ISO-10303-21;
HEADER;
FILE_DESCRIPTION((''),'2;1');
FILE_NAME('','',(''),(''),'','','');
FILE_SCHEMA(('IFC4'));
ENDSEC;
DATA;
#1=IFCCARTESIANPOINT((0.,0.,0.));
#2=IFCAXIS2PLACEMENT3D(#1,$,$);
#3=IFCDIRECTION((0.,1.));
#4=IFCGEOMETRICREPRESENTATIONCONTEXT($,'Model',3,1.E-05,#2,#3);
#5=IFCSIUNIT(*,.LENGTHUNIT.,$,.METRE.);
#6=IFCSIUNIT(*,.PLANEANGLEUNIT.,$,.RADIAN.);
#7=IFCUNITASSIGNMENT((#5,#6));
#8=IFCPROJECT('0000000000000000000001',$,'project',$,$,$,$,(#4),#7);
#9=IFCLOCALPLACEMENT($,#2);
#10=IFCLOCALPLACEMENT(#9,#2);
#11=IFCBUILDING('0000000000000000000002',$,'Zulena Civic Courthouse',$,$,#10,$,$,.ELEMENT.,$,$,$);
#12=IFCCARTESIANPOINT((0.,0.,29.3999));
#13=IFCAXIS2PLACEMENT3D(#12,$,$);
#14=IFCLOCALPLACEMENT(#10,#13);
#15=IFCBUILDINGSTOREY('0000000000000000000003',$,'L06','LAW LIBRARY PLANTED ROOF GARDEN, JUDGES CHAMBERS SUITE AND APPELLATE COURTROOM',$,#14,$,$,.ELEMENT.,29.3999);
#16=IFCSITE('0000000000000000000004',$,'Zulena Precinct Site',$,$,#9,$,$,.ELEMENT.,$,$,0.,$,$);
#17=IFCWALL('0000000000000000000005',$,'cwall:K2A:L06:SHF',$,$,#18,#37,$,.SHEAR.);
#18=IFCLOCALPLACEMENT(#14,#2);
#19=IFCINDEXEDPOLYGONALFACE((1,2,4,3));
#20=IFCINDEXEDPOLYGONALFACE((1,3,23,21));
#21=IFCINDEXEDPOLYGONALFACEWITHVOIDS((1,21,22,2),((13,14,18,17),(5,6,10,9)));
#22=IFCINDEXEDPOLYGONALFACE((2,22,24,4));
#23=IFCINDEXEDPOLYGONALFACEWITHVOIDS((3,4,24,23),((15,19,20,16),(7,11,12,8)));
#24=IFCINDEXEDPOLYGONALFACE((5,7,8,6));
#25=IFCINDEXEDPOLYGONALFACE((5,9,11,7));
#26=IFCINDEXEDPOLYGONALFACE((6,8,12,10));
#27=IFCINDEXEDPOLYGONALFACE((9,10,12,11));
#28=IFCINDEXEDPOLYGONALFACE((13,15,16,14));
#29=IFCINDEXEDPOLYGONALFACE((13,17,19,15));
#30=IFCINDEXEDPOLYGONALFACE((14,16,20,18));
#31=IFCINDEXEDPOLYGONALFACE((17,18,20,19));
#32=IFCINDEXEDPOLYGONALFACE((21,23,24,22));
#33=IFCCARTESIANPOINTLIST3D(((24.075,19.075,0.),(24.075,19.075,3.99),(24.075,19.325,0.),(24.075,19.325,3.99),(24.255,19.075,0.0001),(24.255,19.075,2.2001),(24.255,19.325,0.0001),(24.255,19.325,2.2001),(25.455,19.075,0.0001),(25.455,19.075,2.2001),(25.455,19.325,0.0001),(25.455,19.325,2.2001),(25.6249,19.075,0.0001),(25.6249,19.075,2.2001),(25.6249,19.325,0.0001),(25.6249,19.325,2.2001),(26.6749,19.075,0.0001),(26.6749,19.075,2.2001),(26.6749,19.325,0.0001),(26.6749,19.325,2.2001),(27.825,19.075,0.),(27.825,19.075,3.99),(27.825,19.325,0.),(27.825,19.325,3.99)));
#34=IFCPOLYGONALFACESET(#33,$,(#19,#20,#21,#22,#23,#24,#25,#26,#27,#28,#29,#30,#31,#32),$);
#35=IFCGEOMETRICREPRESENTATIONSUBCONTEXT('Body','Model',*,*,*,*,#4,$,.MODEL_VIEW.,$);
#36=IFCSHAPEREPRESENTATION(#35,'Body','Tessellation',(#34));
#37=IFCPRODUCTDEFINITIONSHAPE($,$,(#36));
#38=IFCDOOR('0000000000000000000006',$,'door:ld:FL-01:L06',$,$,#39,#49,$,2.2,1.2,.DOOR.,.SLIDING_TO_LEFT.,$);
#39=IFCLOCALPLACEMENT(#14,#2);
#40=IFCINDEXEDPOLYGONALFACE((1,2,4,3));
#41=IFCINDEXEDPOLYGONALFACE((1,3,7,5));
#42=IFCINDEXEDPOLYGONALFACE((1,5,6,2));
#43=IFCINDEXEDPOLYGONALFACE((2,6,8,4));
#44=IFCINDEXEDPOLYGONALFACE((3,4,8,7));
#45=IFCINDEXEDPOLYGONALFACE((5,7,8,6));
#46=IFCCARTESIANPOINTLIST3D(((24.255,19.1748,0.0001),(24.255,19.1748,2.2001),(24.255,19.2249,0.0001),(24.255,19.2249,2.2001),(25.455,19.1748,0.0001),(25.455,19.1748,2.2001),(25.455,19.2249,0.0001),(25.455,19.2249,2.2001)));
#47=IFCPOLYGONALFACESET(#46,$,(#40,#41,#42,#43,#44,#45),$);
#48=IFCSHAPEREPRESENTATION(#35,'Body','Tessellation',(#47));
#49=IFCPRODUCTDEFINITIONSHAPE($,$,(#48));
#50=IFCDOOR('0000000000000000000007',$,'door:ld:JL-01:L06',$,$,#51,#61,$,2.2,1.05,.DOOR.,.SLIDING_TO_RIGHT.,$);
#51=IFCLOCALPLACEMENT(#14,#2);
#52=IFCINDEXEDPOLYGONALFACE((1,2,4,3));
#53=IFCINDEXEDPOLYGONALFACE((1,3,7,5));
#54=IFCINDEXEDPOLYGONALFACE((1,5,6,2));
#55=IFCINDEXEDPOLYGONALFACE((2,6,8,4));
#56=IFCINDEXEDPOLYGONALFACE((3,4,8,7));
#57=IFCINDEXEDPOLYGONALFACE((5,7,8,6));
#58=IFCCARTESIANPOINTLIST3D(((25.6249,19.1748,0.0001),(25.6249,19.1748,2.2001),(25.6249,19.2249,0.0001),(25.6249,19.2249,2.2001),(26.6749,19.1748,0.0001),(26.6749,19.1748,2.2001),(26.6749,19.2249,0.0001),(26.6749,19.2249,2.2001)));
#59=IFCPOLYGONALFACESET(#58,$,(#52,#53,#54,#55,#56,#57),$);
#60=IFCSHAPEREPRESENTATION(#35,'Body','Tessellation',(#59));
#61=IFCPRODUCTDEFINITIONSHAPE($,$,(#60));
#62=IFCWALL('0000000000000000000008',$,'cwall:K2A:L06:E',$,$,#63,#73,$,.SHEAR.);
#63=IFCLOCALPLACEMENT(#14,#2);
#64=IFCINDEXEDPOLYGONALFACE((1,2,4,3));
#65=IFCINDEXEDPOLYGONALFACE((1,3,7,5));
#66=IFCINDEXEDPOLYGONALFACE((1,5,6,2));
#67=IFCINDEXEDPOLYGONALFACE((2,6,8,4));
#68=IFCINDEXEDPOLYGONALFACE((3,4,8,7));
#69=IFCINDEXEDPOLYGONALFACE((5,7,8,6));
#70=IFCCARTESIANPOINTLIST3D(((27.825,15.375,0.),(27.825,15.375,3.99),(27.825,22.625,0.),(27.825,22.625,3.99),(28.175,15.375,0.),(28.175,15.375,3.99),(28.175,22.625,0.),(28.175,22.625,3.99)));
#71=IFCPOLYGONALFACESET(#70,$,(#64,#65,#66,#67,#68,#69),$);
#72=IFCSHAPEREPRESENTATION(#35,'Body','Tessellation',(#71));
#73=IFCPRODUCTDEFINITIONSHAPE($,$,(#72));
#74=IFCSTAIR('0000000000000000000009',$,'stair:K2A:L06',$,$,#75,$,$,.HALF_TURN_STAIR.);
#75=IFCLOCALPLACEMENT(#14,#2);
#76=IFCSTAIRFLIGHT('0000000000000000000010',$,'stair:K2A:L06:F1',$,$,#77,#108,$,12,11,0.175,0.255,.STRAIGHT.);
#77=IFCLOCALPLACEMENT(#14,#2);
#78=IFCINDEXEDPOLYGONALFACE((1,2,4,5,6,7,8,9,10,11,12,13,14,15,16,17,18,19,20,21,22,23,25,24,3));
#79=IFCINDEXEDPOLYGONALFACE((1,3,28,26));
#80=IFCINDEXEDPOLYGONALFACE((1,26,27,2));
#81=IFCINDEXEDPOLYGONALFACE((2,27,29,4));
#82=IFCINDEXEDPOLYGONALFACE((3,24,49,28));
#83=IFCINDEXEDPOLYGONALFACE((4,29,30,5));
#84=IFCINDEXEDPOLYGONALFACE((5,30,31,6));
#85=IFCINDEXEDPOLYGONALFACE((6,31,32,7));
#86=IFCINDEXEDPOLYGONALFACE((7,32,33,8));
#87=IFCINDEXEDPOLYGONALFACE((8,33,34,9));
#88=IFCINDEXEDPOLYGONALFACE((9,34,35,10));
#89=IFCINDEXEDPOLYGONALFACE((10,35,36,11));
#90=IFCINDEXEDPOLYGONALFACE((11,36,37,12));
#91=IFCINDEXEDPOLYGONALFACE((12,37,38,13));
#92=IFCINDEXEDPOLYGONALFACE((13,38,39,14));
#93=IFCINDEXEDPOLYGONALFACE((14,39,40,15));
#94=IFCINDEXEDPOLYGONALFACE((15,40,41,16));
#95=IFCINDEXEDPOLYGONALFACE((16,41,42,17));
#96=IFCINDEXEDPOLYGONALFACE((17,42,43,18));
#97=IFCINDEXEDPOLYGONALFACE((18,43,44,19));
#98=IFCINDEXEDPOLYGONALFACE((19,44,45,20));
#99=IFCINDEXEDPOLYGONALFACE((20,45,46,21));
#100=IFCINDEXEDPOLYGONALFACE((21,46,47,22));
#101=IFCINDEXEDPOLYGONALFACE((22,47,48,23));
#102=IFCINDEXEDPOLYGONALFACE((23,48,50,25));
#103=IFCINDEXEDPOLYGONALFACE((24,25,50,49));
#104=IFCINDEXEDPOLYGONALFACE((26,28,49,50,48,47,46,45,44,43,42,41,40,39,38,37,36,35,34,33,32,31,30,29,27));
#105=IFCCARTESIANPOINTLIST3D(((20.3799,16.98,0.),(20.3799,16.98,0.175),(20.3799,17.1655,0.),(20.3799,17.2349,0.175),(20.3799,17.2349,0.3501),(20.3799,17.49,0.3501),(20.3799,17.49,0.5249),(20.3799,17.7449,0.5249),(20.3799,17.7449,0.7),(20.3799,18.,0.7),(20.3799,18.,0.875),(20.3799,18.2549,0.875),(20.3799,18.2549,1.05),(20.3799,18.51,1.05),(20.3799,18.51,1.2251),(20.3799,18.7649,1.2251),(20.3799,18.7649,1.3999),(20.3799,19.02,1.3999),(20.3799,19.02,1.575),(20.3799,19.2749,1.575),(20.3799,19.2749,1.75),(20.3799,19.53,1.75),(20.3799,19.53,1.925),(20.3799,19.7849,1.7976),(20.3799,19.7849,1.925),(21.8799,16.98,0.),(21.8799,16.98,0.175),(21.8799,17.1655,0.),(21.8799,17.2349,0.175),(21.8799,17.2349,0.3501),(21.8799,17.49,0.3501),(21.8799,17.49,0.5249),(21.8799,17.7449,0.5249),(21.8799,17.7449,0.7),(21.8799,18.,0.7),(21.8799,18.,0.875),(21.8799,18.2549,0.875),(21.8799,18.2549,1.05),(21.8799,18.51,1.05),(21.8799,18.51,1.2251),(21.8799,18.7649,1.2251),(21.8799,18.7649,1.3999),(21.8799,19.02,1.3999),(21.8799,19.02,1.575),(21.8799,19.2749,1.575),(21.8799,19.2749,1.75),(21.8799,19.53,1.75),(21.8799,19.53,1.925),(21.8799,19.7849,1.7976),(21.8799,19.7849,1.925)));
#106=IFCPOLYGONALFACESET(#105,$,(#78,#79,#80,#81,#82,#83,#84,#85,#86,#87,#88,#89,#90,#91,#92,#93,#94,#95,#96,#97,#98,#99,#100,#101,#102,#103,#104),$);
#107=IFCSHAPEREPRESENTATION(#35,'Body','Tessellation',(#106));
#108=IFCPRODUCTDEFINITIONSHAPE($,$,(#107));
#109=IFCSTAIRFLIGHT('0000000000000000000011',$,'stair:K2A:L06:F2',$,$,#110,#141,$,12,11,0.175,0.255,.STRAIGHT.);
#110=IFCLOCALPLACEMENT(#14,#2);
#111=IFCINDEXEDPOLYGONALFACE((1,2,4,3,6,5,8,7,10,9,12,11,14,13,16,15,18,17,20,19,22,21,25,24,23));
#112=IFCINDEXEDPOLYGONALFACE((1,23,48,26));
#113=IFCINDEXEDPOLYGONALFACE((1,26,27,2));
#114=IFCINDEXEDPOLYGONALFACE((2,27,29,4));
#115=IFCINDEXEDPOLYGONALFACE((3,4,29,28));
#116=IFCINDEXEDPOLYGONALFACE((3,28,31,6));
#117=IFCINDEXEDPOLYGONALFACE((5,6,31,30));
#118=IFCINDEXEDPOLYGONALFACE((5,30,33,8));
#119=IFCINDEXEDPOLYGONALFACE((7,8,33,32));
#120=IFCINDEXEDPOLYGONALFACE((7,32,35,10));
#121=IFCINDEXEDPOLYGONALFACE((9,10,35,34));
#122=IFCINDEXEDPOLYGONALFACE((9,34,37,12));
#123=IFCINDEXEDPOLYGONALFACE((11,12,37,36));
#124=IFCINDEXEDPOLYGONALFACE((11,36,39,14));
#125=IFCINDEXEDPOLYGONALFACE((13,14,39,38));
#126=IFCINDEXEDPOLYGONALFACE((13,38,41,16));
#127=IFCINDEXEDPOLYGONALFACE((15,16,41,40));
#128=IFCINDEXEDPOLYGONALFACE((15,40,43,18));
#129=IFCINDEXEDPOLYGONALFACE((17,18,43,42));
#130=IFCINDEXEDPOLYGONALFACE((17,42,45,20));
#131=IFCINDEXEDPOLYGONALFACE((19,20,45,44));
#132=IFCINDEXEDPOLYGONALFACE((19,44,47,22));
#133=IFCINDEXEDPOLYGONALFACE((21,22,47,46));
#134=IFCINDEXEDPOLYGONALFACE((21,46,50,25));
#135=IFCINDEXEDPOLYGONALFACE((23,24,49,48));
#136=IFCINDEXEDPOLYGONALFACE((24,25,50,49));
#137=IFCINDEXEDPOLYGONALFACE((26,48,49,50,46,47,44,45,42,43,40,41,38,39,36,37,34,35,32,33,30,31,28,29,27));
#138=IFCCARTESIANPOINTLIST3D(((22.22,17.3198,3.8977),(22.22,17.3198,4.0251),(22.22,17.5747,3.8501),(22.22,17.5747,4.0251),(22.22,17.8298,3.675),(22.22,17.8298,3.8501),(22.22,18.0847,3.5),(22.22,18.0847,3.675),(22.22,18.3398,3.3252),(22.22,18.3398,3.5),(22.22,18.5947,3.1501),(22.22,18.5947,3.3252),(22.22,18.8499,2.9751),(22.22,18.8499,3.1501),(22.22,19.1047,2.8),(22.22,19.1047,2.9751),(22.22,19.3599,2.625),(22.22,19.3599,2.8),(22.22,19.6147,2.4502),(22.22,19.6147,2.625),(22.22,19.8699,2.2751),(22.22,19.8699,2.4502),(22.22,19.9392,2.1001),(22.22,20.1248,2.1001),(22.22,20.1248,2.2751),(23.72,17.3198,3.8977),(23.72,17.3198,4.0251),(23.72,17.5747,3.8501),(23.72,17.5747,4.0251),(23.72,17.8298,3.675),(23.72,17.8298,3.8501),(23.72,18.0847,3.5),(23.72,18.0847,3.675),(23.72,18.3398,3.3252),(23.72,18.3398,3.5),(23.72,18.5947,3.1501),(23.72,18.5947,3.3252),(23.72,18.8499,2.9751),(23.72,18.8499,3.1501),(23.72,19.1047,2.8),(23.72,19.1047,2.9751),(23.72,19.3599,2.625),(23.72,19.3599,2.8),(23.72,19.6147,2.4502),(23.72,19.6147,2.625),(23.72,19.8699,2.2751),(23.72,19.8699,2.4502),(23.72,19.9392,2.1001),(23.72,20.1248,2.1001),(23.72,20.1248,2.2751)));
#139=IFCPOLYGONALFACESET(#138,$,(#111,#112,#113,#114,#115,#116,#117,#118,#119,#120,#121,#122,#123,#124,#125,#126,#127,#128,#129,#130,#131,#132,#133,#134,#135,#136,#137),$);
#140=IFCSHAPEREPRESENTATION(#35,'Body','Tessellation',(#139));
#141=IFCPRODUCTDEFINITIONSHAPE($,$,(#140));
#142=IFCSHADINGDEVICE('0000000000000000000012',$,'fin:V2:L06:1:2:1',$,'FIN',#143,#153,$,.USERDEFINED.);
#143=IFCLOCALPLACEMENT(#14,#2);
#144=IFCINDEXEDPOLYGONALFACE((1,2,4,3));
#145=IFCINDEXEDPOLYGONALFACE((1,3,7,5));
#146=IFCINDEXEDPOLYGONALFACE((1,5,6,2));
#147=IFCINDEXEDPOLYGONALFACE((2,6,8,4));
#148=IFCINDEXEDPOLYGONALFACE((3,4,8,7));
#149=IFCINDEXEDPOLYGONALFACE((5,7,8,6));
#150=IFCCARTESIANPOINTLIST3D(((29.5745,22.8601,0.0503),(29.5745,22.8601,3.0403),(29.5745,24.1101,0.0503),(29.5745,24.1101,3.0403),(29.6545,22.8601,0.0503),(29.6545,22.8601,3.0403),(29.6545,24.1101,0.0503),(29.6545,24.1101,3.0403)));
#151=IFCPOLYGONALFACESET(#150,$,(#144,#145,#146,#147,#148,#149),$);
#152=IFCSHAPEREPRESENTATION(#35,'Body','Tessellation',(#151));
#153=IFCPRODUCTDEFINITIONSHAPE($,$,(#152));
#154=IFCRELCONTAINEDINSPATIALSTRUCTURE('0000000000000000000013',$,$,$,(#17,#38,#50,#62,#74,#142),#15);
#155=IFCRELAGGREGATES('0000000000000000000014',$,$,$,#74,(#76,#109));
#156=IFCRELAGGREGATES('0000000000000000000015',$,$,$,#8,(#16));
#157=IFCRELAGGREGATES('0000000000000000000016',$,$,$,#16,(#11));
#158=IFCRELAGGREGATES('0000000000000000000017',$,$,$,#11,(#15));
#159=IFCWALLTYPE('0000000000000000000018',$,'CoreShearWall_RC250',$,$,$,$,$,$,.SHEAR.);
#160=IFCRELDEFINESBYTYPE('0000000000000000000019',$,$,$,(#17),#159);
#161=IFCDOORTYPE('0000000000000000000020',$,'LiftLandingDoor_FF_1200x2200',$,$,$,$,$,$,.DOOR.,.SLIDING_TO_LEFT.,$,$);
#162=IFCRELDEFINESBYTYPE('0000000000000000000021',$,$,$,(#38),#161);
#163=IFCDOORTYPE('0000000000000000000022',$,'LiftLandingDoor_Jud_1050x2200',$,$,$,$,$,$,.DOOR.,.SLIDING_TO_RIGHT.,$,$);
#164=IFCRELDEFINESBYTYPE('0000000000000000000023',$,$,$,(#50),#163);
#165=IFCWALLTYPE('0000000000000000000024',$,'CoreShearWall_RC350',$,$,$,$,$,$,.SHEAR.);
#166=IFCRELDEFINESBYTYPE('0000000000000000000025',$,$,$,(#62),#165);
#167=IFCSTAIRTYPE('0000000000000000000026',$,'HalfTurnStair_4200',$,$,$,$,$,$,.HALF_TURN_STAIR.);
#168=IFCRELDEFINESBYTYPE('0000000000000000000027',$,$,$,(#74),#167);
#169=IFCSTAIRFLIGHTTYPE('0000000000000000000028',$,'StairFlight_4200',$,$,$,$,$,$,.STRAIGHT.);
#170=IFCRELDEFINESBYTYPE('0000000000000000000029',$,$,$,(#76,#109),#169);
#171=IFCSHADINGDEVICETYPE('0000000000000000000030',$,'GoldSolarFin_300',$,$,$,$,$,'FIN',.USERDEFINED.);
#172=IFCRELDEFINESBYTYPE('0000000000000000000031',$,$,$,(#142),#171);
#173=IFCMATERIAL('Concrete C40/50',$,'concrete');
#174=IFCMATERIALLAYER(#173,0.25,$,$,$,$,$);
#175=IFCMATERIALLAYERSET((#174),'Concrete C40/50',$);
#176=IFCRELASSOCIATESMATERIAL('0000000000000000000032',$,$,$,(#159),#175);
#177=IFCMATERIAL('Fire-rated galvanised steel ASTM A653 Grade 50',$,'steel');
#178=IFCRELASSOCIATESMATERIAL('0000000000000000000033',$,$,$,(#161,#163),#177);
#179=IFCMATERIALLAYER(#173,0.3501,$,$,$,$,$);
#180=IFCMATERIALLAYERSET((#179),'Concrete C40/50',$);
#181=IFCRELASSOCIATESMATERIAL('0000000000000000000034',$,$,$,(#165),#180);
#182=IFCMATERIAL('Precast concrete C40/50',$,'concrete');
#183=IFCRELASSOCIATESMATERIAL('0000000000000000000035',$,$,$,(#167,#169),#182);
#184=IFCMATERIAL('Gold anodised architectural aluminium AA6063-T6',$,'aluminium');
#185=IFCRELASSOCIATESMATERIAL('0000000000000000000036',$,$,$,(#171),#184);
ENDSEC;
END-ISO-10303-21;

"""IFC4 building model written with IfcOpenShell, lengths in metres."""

from ifc_helpers import new_model, si_unit, direction, frame, frame_2d, origin, origin_2d, place, context, subcontext, project, spatial, polyline, rectangle, outline, extrude, material, layer, layer_set, type_object, element, fill, aggregate, save


model = new_model("IFC4")

# Units and contexts
model_context = context("Model", 3, precision=1e-05, world=origin(), true_north=direction((0.0, 1.0)))
body_context = subcontext(model_context, "Body", "Model", "MODEL_VIEW")
ifc_project = project(units=[si_unit("LENGTHUNIT", "METRE"), si_unit("PLANEANGLEUNIT", "RADIAN")], contexts=[model_context])

# Site, building, storey
site_placement = place(None, origin())
site = spatial("IfcSite", under=ifc_project, at=site_placement, Name="Zulena Precinct Site", CompositionType="ELEMENT", RefElevation=0.0)
building_placement = place(site_placement, origin())
building = spatial("IfcBuilding", under=site, at=building_placement, Name="Zulena Civic Courthouse", CompositionType="ELEMENT")
storey_placement = place(building_placement, frame((0.0, 0.0, 29.3999)))
storey = spatial("IfcBuildingStorey", under=building, at=storey_placement, Name="L06", Description="LAW LIBRARY PLANTED ROOF GARDEN, JUDGES CHAMBERS SUITE AND APPELLATE COURTROOM", CompositionType="ELEMENT", Elevation=29.3999)

# Shared definitions
ifc_material_1 = material(Name="Concrete C40/50", Category="concrete")
ifc_layer_1 = layer(ifc_material_1, 0.25)
ifc_layer_set_1 = layer_set([ifc_layer_1], Name="Concrete C40/50")
wall_type_1 = type_object("IfcWallType", Name="CoreShearWall_RC250", PredefinedType="SHEAR", material=ifc_layer_set_1)
ifc_material_2 = material(Name="Fire-rated galvanised steel ASTM A653 Grade 50", Category="steel")

# Wall, openings, doors
wall_1_placement = place(storey_placement, frame((24.075, 19.2, 0.0), z_axis=(0.0, 0.0, 1.0), x_axis=(1.0, 0.0, 0.0)))
wall_1 = element("IfcWall", 1, at=wall_1_placement, inside=storey, type_object=wall_type_1, Name="cwall:K2A:L06:SHF", PredefinedType="SHEAR", context=body_context, shape_type="SweptSolid", body=[
    extrude(rectangle(XDim=3.75, YDim=0.25, at=frame_2d((1.875, 0.0))), origin(), (0.0, 0.0, 1.0), 3.99),
])
opening_1_placement = place(wall_1_placement, frame((0.1799, 0.0, 0.0)))
opening_1 = element("IfcOpeningElement", 2, at=opening_1_placement, cuts=wall_1, PredefinedType="OPENING", context=body_context, shape_type="SweptSolid", body=[
    extrude(rectangle(XDim=1.2, YDim=2.2, at=frame_2d((0.6001, 1.1001))), frame((0.0, 0.135, 0.0), z_axis=(0.0, -1.0, 0.0), x_axis=(1.0, 0.0, 0.0)), (0.0, 0.0, 1.0), 0.27),
])
opening_2_placement = place(wall_1_placement, frame((1.55, 0.0, 0.0)))
opening_2 = element("IfcOpeningElement", 3, at=opening_2_placement, cuts=wall_1, PredefinedType="OPENING", context=body_context, shape_type="SweptSolid", body=[
    extrude(rectangle(XDim=1.05, YDim=2.2, at=frame_2d((0.5249, 1.1001))), frame((0.0, 0.135, 0.0), z_axis=(0.0, -1.0, 0.0), x_axis=(1.0, 0.0, 0.0)), (0.0, 0.0, 1.0), 0.27),
])
door_type_1 = type_object("IfcDoorType", Name="LiftLandingDoor_FF_1200x2200", OperationType="SLIDING_TO_LEFT", PredefinedType="DOOR", material=ifc_material_2)
door_1_placement = place(opening_1_placement, origin())
door_1 = element("IfcDoor", 4, at=door_1_placement, inside=storey, type_object=door_type_1, Name="door:ld:FL-01:L06", OperationType="SLIDING_TO_LEFT", OverallHeight=2.2, OverallWidth=1.2, PredefinedType="DOOR", context=body_context, shape_type="SweptSolid", body=[
    extrude(rectangle(XDim=1.2, YDim=2.2, at=frame_2d((0.6001, 1.1001))), frame((0.0, 0.0249, 0.0), z_axis=(0.0, -1.0, 0.0), x_axis=(1.0, 0.0, 0.0)), (0.0, 0.0, 1.0), 0.05),
])
fill(opening_1, door_1)
door_type_2 = type_object("IfcDoorType", Name="LiftLandingDoor_Jud_1050x2200", OperationType="SLIDING_TO_RIGHT", PredefinedType="DOOR", material=ifc_material_2)
door_2_placement = place(opening_2_placement, origin())
door_2 = element("IfcDoor", 5, at=door_2_placement, inside=storey, type_object=door_type_2, Name="door:ld:JL-01:L06", OperationType="SLIDING_TO_RIGHT", OverallHeight=2.2, OverallWidth=1.05, PredefinedType="DOOR", context=body_context, shape_type="SweptSolid", body=[
    extrude(rectangle(XDim=1.05, YDim=2.2, at=frame_2d((0.5249, 1.1001))), frame((0.0, 0.0249, 0.0), z_axis=(0.0, -1.0, 0.0), x_axis=(1.0, 0.0, 0.0)), (0.0, 0.0, 1.0), 0.05),
])
fill(opening_2, door_2)

# Wall
ifc_layer_2 = layer(ifc_material_1, 0.3501)
ifc_layer_set_2 = layer_set([ifc_layer_2], Name="Concrete C40/50")
wall_type_2 = type_object("IfcWallType", Name="CoreShearWall_RC350", PredefinedType="SHEAR", material=ifc_layer_set_2)
wall_2_placement = place(storey_placement, frame((28.0, 15.375, 0.0), z_axis=(0.0, 0.0, 1.0), x_axis=(0.0, 1.0, 0.0)))
element("IfcWall", 6, at=wall_2_placement, inside=storey, type_object=wall_type_2, Name="cwall:K2A:L06:E", PredefinedType="SHEAR", context=body_context, shape_type="SweptSolid", body=[
    extrude(rectangle(XDim=7.25, YDim=0.3501, at=frame_2d((3.625, 0.0))), origin(), (0.0, 0.0, 1.0), 3.99),
])

# Stair, stair flights
ifc_material_3 = material(Name="Precast concrete C40/50", Category="concrete")
stair_type = type_object("IfcStairType", Name="HalfTurnStair_4200", PredefinedType="HALF_TURN_STAIR", material=ifc_material_3)
stair_placement = place(storey_placement, origin())
stair = element("IfcStair", 7, at=stair_placement, inside=storey, type_object=stair_type, Name="stair:K2A:L06", PredefinedType="HALF_TURN_STAIR")
stair_flight_type = type_object("IfcStairFlightType", Name="StairFlight_4200", PredefinedType="STRAIGHT", material=ifc_material_3)
stair_flight_1_placement = place(storey_placement, frame((21.1299, 16.98, 0.0), z_axis=(0.0, 0.0, 1.0), x_axis=(0.0, 1.0, 0.0)))
stair_flight_1 = element("IfcStairFlight", 8, at=stair_flight_1_placement, type_object=stair_flight_type, Name="stair:K2A:L06:F1", NumberOfRisers=12, NumberOfTreads=11, PredefinedType="STRAIGHT", RiserHeight=0.175, TreadLength=0.255, context=body_context, shape_type="SweptSolid", body=[
    extrude(outline(polyline([(0.0, 0.0), (0.0, 0.175), (0.2549, 0.175), (0.2549, 0.3501), (0.51, 0.3501), (0.51, 0.5249), (0.7649, 0.5249), (0.7649, 0.7), (1.02, 0.7), (1.02, 0.875), (1.2749, 0.875), (1.2749, 1.05), (1.53, 1.05), (1.53, 1.2251), (1.7849, 1.2251), (1.7849, 1.3999), (2.04, 1.3999), (2.04, 1.575), (2.2949, 1.575), (2.2949, 1.75), (2.55, 1.75), (2.55, 1.925), (2.8049, 1.925), (2.8049, 2.1001), (2.8049, 1.7976), (0.1855, 0.0), (0.0, 0.0)])), frame((0.0, 0.75, 0.0), z_axis=(0.0, -1.0, 0.0), x_axis=(1.0, 0.0, 0.0)), (0.0, 0.0, 1.0), 1.5),
])
stair_flight_2_placement = place(storey_placement, frame((22.97, 20.1248, 2.1001), z_axis=(0.0, 0.0, 1.0), x_axis=(0.0, -1.0, 0.0)))
stair_flight_2 = element("IfcStairFlight", 9, at=stair_flight_2_placement, type_object=stair_flight_type, Name="stair:K2A:L06:F2", NumberOfRisers=12, NumberOfTreads=11, PredefinedType="STRAIGHT", RiserHeight=0.175, TreadLength=0.255, context=body_context, shape_type="SweptSolid", body=[
    extrude(outline(polyline([(0.0, 0.0), (0.0, 0.175), (0.2549, 0.175), (0.2549, 0.3501), (0.51, 0.3501), (0.51, 0.5249), (0.7649, 0.5249), (0.7649, 0.7), (1.02, 0.7), (1.02, 0.875), (1.2749, 0.875), (1.2749, 1.05), (1.53, 1.05), (1.53, 1.2251), (1.7849, 1.2251), (1.7849, 1.3999), (2.04, 1.3999), (2.04, 1.575), (2.2949, 1.575), (2.2949, 1.75), (2.55, 1.75), (2.55, 1.925), (2.8049, 1.925), (2.8049, 2.1001), (2.8049, 1.7976), (0.1855, 0.0), (0.0, 0.0)])), frame((0.0, 0.75, 0.0), z_axis=(0.0, -1.0, 0.0), x_axis=(1.0, 0.0, 0.0)), (0.0, 0.0, 1.0), 1.5),
])
aggregate(stair, [stair_flight_1, stair_flight_2])

# Shading device
ifc_material_4 = material(Name="Gold anodised architectural aluminium AA6063-T6", Category="aluminium")
shading_device_type = type_object("IfcShadingDeviceType", Name="GoldSolarFin_300", ElementType="FIN", PredefinedType="USERDEFINED", material=ifc_material_4)
shading_device_placement = place(storey_placement, frame((29.6145, 23.4851, 0.0503), z_axis=(0.0, 0.0, 1.0), x_axis=(0.0, 1.0, 0.0)))
element("IfcShadingDevice", 10, at=shading_device_placement, inside=storey, type_object=shading_device_type, Name="fin:V2:L06:1:2:1", ObjectType="FIN", PredefinedType="USERDEFINED", context=body_context, shape_type="SweptSolid", body=[
    extrude(rectangle(XDim=1.25, YDim=0.0801, at=origin_2d()), origin(), (0.0, 0.0, 1.0), 2.99),
])

save(model, "model.ifc")
